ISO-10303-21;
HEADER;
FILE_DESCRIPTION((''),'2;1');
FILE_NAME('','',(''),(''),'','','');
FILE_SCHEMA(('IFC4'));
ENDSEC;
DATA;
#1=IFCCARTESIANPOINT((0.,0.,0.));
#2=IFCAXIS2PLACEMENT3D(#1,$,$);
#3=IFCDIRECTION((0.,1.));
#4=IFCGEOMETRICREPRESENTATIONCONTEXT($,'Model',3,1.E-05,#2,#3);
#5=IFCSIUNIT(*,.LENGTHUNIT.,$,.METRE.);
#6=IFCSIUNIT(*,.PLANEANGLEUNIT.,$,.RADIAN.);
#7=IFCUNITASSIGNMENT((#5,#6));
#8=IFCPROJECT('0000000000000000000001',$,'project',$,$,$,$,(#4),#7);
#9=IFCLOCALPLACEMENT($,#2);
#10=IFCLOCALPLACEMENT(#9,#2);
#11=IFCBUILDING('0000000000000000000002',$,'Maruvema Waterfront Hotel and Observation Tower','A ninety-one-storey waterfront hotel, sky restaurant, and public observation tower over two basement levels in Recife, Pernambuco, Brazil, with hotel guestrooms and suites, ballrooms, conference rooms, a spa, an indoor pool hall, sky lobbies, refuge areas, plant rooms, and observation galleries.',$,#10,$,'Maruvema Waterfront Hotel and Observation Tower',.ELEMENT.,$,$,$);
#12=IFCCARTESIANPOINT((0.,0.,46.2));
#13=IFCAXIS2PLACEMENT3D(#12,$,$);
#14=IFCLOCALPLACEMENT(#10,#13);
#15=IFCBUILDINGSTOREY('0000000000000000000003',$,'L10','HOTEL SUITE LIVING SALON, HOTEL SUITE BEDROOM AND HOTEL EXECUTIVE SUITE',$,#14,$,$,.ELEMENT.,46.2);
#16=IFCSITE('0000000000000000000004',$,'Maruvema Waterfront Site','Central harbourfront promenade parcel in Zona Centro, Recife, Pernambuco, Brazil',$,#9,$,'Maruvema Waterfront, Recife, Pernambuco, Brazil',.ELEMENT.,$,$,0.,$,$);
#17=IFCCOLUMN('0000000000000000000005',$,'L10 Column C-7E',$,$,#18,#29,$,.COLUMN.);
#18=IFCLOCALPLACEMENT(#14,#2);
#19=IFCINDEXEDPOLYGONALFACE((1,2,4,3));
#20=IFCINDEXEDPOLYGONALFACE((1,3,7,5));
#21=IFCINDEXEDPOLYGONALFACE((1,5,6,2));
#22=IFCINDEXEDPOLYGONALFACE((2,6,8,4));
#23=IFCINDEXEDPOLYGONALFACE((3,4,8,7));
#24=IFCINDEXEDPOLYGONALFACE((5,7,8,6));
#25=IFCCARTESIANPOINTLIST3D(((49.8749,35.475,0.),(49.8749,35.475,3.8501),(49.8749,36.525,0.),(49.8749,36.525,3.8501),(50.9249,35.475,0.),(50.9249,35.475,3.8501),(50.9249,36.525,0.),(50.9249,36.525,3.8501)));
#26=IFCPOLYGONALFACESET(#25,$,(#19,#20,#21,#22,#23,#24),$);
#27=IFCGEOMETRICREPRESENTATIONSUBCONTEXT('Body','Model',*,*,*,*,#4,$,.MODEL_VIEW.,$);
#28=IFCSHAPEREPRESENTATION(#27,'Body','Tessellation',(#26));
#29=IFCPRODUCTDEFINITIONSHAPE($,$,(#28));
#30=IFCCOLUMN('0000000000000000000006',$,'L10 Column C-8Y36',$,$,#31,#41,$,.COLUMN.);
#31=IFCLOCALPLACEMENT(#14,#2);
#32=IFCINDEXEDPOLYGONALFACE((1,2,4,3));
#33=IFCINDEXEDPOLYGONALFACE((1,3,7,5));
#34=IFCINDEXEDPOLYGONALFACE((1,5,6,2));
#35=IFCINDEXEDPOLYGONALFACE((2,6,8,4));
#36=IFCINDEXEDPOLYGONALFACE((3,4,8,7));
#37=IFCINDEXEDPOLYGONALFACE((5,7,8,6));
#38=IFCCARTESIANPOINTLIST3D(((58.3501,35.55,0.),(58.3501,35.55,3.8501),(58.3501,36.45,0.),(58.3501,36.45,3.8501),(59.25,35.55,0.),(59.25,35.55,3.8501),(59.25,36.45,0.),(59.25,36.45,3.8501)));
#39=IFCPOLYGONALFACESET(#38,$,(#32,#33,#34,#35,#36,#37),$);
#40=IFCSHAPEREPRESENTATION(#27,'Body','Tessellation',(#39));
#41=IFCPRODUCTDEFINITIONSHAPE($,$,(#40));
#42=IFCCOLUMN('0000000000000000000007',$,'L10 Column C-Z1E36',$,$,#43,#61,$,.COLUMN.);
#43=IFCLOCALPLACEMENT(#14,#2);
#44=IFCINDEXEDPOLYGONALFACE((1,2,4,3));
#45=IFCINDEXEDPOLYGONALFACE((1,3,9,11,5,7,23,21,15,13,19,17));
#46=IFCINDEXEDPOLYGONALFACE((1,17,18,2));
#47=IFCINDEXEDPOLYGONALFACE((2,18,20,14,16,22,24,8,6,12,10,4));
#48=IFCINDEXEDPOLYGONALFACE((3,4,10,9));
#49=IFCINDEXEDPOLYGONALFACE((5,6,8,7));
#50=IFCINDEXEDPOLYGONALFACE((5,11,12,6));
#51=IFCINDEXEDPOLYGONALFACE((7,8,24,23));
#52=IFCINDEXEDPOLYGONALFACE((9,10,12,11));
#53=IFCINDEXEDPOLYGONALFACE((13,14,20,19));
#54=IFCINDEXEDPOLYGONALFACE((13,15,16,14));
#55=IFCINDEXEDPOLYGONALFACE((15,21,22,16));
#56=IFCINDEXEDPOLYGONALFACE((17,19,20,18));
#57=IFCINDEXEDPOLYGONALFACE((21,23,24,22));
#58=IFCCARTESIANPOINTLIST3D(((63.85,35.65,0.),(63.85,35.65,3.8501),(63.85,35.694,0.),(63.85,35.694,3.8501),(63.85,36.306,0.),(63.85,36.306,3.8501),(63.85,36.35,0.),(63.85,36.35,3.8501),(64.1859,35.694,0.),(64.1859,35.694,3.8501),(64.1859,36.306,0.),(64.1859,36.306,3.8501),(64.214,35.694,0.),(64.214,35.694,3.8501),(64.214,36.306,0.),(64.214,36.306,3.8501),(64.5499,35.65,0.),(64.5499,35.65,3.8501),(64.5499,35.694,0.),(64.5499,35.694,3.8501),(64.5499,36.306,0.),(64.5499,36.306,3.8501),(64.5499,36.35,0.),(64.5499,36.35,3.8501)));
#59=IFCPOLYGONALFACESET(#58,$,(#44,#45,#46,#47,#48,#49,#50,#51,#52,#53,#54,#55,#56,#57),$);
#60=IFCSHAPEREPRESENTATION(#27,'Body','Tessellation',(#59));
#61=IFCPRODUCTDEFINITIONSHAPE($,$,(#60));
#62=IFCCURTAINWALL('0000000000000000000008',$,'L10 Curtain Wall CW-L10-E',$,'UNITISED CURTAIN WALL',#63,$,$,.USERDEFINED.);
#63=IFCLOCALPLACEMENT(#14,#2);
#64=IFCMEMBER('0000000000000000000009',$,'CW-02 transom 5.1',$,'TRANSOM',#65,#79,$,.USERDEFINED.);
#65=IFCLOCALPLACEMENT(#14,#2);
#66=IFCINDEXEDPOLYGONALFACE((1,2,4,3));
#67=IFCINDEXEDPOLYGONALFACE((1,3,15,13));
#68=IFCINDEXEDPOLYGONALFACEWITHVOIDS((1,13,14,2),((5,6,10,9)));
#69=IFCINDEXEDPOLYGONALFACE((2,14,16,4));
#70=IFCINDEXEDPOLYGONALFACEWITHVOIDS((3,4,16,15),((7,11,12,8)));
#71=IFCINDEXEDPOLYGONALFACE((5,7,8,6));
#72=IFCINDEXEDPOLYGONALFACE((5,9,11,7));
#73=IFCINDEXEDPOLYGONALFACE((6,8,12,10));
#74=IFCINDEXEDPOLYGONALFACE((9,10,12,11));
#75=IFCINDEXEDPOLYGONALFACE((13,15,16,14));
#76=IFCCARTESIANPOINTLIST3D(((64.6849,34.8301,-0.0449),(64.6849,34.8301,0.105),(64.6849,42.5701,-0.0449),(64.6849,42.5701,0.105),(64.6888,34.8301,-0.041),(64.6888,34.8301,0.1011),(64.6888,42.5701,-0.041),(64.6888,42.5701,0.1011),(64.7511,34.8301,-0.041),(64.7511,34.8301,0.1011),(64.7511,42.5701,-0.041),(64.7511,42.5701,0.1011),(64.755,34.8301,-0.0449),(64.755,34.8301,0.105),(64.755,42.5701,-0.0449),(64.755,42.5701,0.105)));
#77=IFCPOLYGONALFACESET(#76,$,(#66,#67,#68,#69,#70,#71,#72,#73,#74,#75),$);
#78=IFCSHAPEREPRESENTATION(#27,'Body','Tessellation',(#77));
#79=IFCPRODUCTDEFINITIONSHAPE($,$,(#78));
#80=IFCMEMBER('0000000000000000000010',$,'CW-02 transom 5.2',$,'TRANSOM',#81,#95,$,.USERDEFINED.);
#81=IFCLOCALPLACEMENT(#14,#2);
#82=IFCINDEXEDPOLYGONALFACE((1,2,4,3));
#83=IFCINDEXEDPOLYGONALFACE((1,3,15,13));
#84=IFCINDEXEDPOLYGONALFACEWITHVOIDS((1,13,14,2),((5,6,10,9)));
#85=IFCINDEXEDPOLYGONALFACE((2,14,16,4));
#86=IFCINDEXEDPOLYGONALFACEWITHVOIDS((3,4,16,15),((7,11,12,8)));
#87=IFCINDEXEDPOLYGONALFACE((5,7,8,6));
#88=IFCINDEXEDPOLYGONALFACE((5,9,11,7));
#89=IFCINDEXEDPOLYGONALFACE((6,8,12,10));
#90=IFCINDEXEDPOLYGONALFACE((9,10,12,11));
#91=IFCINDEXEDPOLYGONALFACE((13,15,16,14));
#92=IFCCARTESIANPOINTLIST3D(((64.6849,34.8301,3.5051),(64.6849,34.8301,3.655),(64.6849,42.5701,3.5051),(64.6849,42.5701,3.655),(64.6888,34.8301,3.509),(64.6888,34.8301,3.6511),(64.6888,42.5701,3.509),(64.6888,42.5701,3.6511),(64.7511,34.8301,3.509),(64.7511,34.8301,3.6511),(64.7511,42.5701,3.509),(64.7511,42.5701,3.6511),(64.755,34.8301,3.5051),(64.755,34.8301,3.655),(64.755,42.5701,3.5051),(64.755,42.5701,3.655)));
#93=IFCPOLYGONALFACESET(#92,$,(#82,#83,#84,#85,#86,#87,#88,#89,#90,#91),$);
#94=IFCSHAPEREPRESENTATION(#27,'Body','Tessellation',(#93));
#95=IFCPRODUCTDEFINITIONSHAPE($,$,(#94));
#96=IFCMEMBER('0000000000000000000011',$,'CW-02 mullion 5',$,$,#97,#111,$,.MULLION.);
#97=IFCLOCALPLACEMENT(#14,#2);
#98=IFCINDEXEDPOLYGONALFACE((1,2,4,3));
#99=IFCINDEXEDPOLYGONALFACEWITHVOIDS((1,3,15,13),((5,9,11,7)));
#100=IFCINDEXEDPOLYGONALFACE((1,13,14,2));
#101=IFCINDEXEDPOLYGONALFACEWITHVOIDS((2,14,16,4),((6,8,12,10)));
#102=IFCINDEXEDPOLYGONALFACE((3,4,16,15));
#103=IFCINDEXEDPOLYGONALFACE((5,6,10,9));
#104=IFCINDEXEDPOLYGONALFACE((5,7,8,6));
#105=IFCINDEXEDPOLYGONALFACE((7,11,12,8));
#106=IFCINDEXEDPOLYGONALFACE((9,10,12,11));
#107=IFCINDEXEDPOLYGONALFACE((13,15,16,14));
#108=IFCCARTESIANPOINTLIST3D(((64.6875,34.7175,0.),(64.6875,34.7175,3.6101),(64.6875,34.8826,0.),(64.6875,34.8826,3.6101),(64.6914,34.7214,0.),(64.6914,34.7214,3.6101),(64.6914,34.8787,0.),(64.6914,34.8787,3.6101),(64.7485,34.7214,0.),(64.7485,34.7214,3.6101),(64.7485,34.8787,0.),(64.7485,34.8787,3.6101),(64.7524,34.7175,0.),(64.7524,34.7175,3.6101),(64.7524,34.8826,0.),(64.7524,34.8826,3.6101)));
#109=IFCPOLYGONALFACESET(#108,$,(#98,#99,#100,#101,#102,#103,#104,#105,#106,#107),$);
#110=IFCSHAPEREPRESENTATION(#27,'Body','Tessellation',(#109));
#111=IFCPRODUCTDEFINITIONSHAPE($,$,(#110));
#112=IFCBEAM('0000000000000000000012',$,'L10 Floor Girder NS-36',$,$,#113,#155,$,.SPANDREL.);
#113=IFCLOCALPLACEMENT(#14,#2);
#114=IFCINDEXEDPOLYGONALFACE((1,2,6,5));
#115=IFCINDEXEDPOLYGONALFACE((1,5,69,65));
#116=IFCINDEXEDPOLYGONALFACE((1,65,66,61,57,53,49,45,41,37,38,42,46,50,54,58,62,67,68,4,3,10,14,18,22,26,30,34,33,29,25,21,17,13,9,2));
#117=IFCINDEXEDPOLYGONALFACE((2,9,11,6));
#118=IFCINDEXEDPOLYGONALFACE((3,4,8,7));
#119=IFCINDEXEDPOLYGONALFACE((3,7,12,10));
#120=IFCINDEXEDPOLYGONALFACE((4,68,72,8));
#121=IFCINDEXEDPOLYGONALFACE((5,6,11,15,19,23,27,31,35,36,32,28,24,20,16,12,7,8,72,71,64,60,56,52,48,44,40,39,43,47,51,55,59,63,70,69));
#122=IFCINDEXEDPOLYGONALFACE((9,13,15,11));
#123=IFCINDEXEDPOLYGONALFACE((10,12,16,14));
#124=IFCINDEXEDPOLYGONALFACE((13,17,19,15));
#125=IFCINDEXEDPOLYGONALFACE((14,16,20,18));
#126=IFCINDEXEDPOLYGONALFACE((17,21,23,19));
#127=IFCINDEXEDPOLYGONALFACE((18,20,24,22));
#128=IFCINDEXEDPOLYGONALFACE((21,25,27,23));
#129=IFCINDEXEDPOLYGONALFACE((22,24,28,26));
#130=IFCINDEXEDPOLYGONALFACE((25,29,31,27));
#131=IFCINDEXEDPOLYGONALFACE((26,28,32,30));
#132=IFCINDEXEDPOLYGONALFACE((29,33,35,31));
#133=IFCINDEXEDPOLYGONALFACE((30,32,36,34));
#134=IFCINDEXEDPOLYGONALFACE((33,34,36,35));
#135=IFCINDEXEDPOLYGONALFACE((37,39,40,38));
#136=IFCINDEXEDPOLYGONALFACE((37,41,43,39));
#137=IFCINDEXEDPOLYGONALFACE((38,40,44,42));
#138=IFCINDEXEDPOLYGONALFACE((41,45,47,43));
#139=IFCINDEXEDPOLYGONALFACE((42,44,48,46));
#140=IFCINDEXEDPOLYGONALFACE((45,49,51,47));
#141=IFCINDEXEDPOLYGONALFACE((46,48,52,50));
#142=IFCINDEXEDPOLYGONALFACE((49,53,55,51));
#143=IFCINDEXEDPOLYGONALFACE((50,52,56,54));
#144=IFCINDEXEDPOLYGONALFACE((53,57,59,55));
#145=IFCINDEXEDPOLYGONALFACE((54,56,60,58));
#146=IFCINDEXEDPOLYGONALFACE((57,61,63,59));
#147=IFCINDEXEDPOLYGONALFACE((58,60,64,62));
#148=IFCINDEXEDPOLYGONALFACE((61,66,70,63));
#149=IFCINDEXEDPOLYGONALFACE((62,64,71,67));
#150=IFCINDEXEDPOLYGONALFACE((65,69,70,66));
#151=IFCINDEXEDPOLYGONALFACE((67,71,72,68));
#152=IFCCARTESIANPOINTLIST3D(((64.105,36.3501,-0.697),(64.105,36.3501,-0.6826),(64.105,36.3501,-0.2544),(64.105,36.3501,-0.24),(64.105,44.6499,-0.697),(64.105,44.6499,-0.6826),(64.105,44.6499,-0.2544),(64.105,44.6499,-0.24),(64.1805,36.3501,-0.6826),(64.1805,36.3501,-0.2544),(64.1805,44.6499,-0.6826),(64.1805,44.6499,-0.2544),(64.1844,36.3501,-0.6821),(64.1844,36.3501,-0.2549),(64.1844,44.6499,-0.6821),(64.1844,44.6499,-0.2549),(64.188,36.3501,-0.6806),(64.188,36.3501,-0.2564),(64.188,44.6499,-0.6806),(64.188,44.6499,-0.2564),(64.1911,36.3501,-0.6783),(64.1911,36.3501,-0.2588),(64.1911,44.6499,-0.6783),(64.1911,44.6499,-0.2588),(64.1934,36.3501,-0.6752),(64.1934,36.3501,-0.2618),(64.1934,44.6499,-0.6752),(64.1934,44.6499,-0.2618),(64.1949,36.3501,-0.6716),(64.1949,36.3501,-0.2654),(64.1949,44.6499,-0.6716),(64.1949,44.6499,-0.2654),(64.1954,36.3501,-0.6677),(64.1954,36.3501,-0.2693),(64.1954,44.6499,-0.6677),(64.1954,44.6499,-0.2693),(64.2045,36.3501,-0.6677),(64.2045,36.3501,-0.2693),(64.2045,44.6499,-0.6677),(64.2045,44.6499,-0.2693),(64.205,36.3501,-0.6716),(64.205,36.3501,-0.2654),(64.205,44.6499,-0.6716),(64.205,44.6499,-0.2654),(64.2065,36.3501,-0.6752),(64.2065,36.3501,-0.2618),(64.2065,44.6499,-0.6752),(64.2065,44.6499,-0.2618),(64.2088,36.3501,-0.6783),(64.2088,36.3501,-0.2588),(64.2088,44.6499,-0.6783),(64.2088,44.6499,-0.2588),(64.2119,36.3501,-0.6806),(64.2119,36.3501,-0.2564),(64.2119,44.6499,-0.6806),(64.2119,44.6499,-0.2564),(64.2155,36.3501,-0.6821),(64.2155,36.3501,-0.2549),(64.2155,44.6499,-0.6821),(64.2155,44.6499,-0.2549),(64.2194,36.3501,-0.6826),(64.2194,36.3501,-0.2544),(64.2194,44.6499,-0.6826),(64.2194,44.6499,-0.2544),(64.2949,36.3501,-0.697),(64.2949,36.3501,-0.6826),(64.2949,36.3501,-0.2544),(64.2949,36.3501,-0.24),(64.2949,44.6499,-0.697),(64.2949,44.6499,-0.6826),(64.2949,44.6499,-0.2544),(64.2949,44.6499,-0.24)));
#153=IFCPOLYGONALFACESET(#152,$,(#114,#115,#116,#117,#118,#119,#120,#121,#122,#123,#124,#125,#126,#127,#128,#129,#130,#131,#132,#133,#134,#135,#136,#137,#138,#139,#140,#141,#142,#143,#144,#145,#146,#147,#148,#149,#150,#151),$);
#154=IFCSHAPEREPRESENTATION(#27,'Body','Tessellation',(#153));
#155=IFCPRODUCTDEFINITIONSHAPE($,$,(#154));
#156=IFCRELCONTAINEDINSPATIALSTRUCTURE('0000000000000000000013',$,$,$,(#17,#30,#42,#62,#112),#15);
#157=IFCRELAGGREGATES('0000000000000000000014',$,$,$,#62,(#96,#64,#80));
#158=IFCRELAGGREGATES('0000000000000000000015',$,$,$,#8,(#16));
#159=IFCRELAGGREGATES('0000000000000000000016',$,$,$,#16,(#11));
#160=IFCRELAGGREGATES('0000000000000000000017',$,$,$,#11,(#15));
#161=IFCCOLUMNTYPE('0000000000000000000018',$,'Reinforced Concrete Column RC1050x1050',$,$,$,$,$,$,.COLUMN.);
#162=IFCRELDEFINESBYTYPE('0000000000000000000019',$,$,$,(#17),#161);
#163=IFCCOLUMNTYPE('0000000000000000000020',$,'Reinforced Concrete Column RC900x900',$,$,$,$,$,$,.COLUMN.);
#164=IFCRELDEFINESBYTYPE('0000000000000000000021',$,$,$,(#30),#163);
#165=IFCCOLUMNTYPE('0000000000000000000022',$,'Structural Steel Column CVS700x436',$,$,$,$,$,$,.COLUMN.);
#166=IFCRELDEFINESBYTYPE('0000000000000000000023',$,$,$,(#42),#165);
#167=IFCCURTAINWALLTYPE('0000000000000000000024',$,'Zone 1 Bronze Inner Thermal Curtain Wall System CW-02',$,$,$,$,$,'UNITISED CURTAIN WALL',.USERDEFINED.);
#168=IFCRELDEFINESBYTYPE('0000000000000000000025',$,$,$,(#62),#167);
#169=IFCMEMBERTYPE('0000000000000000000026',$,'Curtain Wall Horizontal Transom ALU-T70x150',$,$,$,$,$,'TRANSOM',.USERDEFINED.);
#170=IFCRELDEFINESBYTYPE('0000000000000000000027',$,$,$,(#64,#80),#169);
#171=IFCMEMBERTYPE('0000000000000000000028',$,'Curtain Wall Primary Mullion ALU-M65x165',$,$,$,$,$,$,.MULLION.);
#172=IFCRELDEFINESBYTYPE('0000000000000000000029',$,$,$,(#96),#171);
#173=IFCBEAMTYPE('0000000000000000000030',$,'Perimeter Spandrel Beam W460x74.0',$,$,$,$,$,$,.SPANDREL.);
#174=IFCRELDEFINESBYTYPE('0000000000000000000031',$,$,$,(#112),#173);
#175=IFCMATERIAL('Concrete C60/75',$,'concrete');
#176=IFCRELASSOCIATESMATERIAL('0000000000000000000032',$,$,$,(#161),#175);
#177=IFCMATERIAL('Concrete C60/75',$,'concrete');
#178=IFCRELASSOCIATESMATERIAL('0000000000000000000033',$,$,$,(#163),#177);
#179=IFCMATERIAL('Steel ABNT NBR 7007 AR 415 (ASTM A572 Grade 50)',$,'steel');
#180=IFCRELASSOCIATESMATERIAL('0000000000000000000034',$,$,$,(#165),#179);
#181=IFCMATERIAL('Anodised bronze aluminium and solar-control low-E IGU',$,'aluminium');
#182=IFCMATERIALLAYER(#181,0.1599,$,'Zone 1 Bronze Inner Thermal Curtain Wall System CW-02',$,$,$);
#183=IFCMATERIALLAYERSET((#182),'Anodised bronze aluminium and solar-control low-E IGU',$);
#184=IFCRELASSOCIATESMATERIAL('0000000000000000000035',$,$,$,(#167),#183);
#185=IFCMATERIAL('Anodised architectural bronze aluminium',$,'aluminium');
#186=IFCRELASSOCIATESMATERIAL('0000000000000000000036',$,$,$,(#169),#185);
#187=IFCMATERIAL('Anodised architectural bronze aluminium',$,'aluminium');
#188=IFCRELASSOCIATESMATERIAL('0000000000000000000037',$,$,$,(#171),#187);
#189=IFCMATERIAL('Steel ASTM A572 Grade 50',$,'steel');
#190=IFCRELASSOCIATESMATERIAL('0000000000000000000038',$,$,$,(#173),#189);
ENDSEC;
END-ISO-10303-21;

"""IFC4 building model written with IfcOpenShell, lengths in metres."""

from ifc_helpers import new_model, si_unit, direction, frame, origin, origin_2d, place, context, subcontext, project, spatial, rectangle, hollow_rectangle, i_section, extrude, material, layer, layer_set, material_profile, profile_set, type_object, element, aggregate, save


model = new_model("IFC4")

# Units and contexts
model_context = context("Model", 3, precision=1e-05, world=origin(), true_north=direction((0.0, 1.0)))
body_context = subcontext(model_context, "Body", "Model", "MODEL_VIEW")
ifc_project = project(units=[si_unit("LENGTHUNIT", "METRE"), si_unit("PLANEANGLEUNIT", "RADIAN")], contexts=[model_context])

# Site, building, storey
site_placement = place(None, origin())
site = spatial("IfcSite", under=ifc_project, at=site_placement, Name="Maruvema Waterfront Site", Description="Central harbourfront promenade parcel in Zona Centro, Recife, Pernambuco, Brazil", LongName="Maruvema Waterfront, Recife, Pernambuco, Brazil", CompositionType="ELEMENT", RefElevation=0.0)
building_placement = place(site_placement, origin())
building = spatial("IfcBuilding", under=site, at=building_placement, Name="Maruvema Waterfront Hotel and Observation Tower", Description="A ninety-one-storey waterfront hotel, sky restaurant, and public observation tower over two basement levels in Recife, Pernambuco, Brazil, with hotel guestrooms and suites, ballrooms, conference rooms, a spa, an indoor pool hall, sky lobbies, refuge areas, plant rooms, and observation galleries.", LongName="Maruvema Waterfront Hotel and Observation Tower", CompositionType="ELEMENT")
storey_placement = place(building_placement, frame((0.0, 0.0, 46.2)))
storey = spatial("IfcBuildingStorey", under=building, at=storey_placement, Name="L10", Description="HOTEL SUITE LIVING SALON, HOTEL SUITE BEDROOM AND HOTEL EXECUTIVE SUITE", CompositionType="ELEMENT", Elevation=46.2)

# Columns
ifc_material_1 = material(Name="Concrete C60/75", Category="concrete")
ifc_material_profile_1 = material_profile(ifc_material_1, rectangle(XDim=1.05, YDim=1.05, at=origin_2d()), Name="RC1050x1050")
ifc_profile_set_1 = profile_set([ifc_material_profile_1], Name="Concrete C60/75")
column_type_1 = type_object("IfcColumnType", Name="Reinforced Concrete Column RC1050x1050", PredefinedType="COLUMN", material=ifc_profile_set_1)
column_1_placement = place(storey_placement, frame((50.3999, 36.0, 0.0), z_axis=(0.0, 0.0, 1.0), x_axis=(1.0, 0.0, 0.0)))
element("IfcColumn", 1, at=column_1_placement, inside=storey, type_object=column_type_1, Name="L10 Column C-7E", PredefinedType="COLUMN", context=body_context, shape_type="SweptSolid", body=[
    extrude(rectangle(XDim=1.05, YDim=1.05, at=origin_2d()), origin(), (0.0, 0.0, 1.0), 3.8501),
])
ifc_material_2 = material(Name="Concrete C60/75", Category="concrete")
ifc_material_profile_2 = material_profile(ifc_material_2, rectangle(XDim=0.8999, YDim=0.8999, at=origin_2d()), Name="RC900x900")
ifc_profile_set_2 = profile_set([ifc_material_profile_2], Name="Concrete C60/75")
column_type_2 = type_object("IfcColumnType", Name="Reinforced Concrete Column RC900x900", PredefinedType="COLUMN", material=ifc_profile_set_2)
column_2_placement = place(storey_placement, frame((58.8, 36.0, 0.0), z_axis=(0.0, 0.0, 1.0), x_axis=(1.0, 0.0, 0.0)))
element("IfcColumn", 2, at=column_2_placement, inside=storey, type_object=column_type_2, Name="L10 Column C-8Y36", PredefinedType="COLUMN", context=body_context, shape_type="SweptSolid", body=[
    extrude(rectangle(XDim=0.8999, YDim=0.8999, at=origin_2d()), origin(), (0.0, 0.0, 1.0), 3.8501),
])
ifc_material_3 = material(Name="Steel ABNT NBR 7007 AR 415 (ASTM A572 Grade 50)", Category="steel")
ifc_material_profile_3 = material_profile(ifc_material_3, i_section(OverallWidth=0.7, OverallDepth=0.7, WebThickness=0.0281, FlangeThickness=0.0439, at=origin_2d()), Name="CVS700x436")
ifc_profile_set_3 = profile_set([ifc_material_profile_3], Name="Steel ABNT NBR 7007 AR 415 (ASTM A572 Grade 50)")
column_type_3 = type_object("IfcColumnType", Name="Structural Steel Column CVS700x436", PredefinedType="COLUMN", material=ifc_profile_set_3)
column_3_placement = place(storey_placement, frame((64.2, 36.0, 0.0), z_axis=(0.0, 0.0, 1.0), x_axis=(1.0, 0.0, 0.0)))
element("IfcColumn", 3, at=column_3_placement, inside=storey, type_object=column_type_3, Name="L10 Column C-Z1E36", PredefinedType="COLUMN", context=body_context, shape_type="SweptSolid", body=[
    extrude(i_section(OverallWidth=0.7, OverallDepth=0.7, WebThickness=0.0281, FlangeThickness=0.0439, at=origin_2d()), origin(), (0.0, 0.0, 1.0), 3.8501),
])

# Curtain wall, members
ifc_material_4 = material(Name="Anodised bronze aluminium and solar-control low-E IGU", Category="aluminium")
ifc_layer_1 = layer(ifc_material_4, 0.1599, Name="Zone 1 Bronze Inner Thermal Curtain Wall System CW-02")
ifc_layer_set_1 = layer_set([ifc_layer_1], Name="Anodised bronze aluminium and solar-control low-E IGU")
curtain_wall_type = type_object("IfcCurtainWallType", Name="Zone 1 Bronze Inner Thermal Curtain Wall System CW-02", ElementType="UNITISED CURTAIN WALL", PredefinedType="USERDEFINED", material=ifc_layer_set_1)
curtain_wall_placement = place(storey_placement, origin())
curtain_wall = element("IfcCurtainWall", 4, at=curtain_wall_placement, inside=storey, type_object=curtain_wall_type, Name="L10 Curtain Wall CW-L10-E", ObjectType="UNITISED CURTAIN WALL", PredefinedType="USERDEFINED")
ifc_material_5 = material(Name="Anodised architectural bronze aluminium", Category="aluminium")
ifc_material_profile_4 = material_profile(ifc_material_5, hollow_rectangle(XDim=0.0701, YDim=0.1499, WallThickness=0.0039, at=origin_2d()), Name="ALU-T70x150")
ifc_profile_set_4 = profile_set([ifc_material_profile_4], Name="Anodised architectural bronze aluminium")
member_type_1 = type_object("IfcMemberType", Name="Curtain Wall Horizontal Transom ALU-T70x150", ElementType="TRANSOM", PredefinedType="USERDEFINED", material=ifc_profile_set_4)
member_1_placement = place(storey_placement, frame((64.72, 34.8301, 0.03), z_axis=(0.0, 1.0, 0.0), x_axis=(-1.0, 0.0, 0.0)))
member_1 = element("IfcMember", 5, at=member_1_placement, type_object=member_type_1, Name="CW-02 transom 5.1", ObjectType="TRANSOM", PredefinedType="USERDEFINED", context=body_context, shape_type="SweptSolid", body=[
    extrude(hollow_rectangle(XDim=0.0701, YDim=0.1499, WallThickness=0.0039, at=origin_2d()), origin(), (0.0, 0.0, 1.0), 7.74),
])
member_2_placement = place(storey_placement, frame((64.72, 34.8301, 3.5801), z_axis=(0.0, 1.0, 0.0), x_axis=(-1.0, 0.0, 0.0)))
member_2 = element("IfcMember", 6, at=member_2_placement, type_object=member_type_1, Name="CW-02 transom 5.2", ObjectType="TRANSOM", PredefinedType="USERDEFINED", context=body_context, shape_type="SweptSolid", body=[
    extrude(hollow_rectangle(XDim=0.0701, YDim=0.1499, WallThickness=0.0039, at=origin_2d()), origin(), (0.0, 0.0, 1.0), 7.74),
])
ifc_material_6 = material(Name="Anodised architectural bronze aluminium", Category="aluminium")
ifc_material_profile_5 = material_profile(ifc_material_6, hollow_rectangle(XDim=0.0649, YDim=0.165, WallThickness=0.0039, at=origin_2d()), Name="ALU-M65x165")
ifc_profile_set_5 = profile_set([ifc_material_profile_5], Name="Anodised architectural bronze aluminium")
member_type_2 = type_object("IfcMemberType", Name="Curtain Wall Primary Mullion ALU-M65x165", PredefinedType="MULLION", material=ifc_profile_set_5)
member_3_placement = place(storey_placement, frame((64.72, 34.8, 0.0), z_axis=(0.0, 0.0, 1.0), x_axis=(-1.0, 0.0, 0.0)))
member_3 = element("IfcMember", 7, at=member_3_placement, type_object=member_type_2, Name="CW-02 mullion 5", PredefinedType="MULLION", context=body_context, shape_type="SweptSolid", body=[
    extrude(hollow_rectangle(XDim=0.0649, YDim=0.165, WallThickness=0.0039, at=origin_2d()), origin(), (0.0, 0.0, 1.0), 3.6101),
])

# Beam
ifc_material_7 = material(Name="Steel ASTM A572 Grade 50", Category="steel")
ifc_material_profile_6 = material_profile(ifc_material_7, i_section(OverallWidth=0.1899, OverallDepth=0.457, WebThickness=0.009, FlangeThickness=0.0144, FilletRadius=0.0149, at=origin_2d()), Name="W460x74.0")
ifc_profile_set_6 = profile_set([ifc_material_profile_6], Name="Steel ASTM A572 Grade 50")
beam_type_1 = type_object("IfcBeamType", Name="Perimeter Spandrel Beam W460x74.0", PredefinedType="SPANDREL", material=ifc_profile_set_6)
beam_1_placement = place(storey_placement, frame((64.2, 36.3501, -0.4685), z_axis=(0.0, 1.0, 0.0), x_axis=(-1.0, 0.0, 0.0)))
element("IfcBeam", 8, at=beam_1_placement, inside=storey, type_object=beam_type_1, Name="L10 Floor Girder NS-36", PredefinedType="SPANDREL", context=body_context, shape_type="SweptSolid", body=[
    extrude(i_section(OverallWidth=0.1899, OverallDepth=0.457, WebThickness=0.009, FlangeThickness=0.0144, FilletRadius=0.0149, at=origin_2d()), origin(), (0.0, 0.0, 1.0), 8.2998),
])

aggregate(curtain_wall, [member_3, member_1, member_2])

save(model, "model.ifc")
